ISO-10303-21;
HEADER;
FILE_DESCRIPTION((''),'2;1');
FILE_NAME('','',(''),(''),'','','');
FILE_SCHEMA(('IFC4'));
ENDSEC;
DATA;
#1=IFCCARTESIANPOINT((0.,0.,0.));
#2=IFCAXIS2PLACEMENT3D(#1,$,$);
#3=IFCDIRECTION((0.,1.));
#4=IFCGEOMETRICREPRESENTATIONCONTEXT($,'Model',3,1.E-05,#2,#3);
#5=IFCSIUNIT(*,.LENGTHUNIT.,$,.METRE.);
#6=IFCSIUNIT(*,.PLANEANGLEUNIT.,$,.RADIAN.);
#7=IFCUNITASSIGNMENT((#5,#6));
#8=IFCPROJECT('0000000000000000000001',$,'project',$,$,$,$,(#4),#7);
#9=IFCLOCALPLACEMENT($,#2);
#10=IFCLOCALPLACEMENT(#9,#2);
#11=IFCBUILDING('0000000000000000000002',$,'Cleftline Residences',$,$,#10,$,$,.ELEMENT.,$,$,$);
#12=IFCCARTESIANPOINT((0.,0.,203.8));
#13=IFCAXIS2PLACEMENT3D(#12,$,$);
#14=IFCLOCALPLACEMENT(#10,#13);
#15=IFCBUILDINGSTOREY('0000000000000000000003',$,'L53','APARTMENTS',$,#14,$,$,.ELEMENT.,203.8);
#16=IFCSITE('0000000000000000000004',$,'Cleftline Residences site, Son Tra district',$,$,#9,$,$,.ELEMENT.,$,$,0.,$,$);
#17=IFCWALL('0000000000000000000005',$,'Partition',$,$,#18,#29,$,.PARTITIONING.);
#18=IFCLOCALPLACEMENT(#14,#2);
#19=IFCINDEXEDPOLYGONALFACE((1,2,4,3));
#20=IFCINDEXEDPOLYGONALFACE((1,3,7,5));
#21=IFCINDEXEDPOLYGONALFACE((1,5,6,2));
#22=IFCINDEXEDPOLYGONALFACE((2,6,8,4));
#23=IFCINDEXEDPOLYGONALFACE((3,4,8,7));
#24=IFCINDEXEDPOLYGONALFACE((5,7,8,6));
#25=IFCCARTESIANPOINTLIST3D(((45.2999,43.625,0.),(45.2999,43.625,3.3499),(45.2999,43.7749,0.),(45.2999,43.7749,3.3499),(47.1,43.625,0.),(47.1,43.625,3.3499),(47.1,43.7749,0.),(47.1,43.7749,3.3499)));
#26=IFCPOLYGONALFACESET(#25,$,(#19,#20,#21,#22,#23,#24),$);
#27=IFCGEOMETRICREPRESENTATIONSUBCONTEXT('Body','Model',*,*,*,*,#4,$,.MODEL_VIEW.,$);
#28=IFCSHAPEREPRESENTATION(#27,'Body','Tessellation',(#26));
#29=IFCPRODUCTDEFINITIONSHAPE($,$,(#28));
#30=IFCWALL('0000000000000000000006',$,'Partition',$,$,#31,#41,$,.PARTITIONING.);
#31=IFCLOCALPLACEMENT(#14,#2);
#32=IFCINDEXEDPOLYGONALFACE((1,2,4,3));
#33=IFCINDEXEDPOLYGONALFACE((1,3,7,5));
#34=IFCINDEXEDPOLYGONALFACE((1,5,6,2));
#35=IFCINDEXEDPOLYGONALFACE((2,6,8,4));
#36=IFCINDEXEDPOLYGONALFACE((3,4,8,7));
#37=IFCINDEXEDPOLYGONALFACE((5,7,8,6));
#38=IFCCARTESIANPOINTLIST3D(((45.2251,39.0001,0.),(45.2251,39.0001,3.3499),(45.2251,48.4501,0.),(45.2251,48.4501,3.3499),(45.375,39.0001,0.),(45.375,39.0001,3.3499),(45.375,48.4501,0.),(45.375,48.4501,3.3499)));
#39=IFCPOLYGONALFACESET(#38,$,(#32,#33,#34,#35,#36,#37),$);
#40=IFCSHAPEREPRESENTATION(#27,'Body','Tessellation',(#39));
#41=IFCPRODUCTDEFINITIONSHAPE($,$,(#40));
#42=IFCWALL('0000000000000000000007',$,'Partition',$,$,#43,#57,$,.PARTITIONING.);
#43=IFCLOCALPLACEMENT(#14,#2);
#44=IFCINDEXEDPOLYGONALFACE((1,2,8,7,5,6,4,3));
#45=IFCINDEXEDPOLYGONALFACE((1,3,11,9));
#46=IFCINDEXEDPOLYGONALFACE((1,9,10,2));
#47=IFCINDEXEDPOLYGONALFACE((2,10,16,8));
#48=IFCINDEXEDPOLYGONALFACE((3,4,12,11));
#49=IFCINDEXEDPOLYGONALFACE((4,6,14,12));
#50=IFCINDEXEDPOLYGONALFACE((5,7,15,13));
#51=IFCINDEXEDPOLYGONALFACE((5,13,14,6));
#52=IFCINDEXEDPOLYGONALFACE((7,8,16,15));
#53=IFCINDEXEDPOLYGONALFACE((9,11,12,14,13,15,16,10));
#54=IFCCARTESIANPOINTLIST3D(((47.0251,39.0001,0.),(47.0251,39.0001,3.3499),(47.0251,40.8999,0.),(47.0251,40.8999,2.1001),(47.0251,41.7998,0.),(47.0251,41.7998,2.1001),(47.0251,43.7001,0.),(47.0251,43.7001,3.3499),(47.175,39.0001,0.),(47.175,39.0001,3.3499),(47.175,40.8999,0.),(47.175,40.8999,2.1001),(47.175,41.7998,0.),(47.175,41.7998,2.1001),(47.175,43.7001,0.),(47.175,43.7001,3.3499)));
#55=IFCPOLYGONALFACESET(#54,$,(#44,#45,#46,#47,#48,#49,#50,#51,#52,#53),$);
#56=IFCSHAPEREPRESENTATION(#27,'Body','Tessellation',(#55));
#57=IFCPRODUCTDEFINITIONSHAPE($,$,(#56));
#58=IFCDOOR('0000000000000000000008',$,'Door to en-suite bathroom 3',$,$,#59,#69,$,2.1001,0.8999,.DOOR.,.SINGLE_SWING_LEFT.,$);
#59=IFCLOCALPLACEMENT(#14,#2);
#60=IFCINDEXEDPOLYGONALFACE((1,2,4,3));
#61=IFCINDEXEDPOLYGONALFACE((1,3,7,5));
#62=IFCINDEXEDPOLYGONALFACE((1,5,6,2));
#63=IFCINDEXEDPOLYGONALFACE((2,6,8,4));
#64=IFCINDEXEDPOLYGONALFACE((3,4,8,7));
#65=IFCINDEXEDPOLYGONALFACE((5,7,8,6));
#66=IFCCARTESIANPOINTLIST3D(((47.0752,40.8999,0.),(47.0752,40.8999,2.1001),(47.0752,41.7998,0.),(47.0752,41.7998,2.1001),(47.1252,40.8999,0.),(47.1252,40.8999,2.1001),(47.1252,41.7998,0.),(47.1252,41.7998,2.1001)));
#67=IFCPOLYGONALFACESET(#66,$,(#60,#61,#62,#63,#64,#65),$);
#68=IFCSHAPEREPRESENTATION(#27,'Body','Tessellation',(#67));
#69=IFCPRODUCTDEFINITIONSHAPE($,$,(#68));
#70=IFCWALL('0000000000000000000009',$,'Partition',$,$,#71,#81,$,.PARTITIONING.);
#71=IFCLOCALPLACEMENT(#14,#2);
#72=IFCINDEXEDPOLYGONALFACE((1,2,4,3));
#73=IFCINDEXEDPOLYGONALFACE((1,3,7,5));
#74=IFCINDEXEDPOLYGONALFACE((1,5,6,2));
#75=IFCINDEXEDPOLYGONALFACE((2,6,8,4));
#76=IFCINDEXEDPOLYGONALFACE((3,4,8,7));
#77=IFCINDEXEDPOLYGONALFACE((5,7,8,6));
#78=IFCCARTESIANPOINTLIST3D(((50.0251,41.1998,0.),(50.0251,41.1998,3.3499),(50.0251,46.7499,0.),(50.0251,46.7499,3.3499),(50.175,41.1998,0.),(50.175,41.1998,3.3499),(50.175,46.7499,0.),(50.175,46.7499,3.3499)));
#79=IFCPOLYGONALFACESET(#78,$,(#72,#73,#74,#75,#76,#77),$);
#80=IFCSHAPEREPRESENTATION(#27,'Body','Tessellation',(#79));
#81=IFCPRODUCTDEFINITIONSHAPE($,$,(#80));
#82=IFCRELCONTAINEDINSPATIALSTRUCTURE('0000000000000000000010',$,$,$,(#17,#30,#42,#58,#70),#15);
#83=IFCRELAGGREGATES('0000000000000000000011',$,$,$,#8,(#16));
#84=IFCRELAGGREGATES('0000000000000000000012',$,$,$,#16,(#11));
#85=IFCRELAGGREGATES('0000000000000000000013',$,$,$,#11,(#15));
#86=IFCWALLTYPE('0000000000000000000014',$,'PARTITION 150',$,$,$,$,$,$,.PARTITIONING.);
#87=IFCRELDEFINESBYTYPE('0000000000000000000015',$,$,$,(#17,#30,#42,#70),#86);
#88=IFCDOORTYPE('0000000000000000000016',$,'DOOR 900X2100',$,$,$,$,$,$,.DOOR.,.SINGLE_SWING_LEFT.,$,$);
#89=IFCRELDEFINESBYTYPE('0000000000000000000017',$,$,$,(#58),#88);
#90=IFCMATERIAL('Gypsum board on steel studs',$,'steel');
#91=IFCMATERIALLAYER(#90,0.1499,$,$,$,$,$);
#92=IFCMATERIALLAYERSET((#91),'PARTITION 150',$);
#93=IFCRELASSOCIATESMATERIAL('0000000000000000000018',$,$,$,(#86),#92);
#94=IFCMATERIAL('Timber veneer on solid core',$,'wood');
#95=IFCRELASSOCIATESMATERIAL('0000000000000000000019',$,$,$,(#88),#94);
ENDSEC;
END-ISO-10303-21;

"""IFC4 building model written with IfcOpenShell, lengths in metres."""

from ifc_helpers import new_model, si_unit, direction, frame, frame_2d, origin, place, context, subcontext, project, spatial, rectangle, extrude, material, layer, layer_set, type_object, element, fill, save


model = new_model("IFC4")

# Units and contexts
model_context = context("Model", 3, precision=1e-05, world=origin(), true_north=direction((0.0, 1.0)))
body_context = subcontext(model_context, "Body", "Model", "MODEL_VIEW")
ifc_project = project(units=[si_unit("LENGTHUNIT", "METRE"), si_unit("PLANEANGLEUNIT", "RADIAN")], contexts=[model_context])

# Site, building, storey
site_placement = place(None, origin())
site = spatial("IfcSite", under=ifc_project, at=site_placement, Name="Cleftline Residences site, Son Tra district", CompositionType="ELEMENT", RefElevation=0.0)
building_placement = place(site_placement, origin())
building = spatial("IfcBuilding", under=site, at=building_placement, Name="Cleftline Residences", CompositionType="ELEMENT")
storey_placement = place(building_placement, frame((0.0, 0.0, 203.8)))
storey = spatial("IfcBuildingStorey", under=building, at=storey_placement, Name="L53", Description="APARTMENTS", CompositionType="ELEMENT", Elevation=203.8)

# Shared definitions
ifc_material_1 = material(Name="Gypsum board on steel studs", Category="steel")
ifc_layer_1 = layer(ifc_material_1, 0.1499)
ifc_layer_set_1 = layer_set([ifc_layer_1], Name="PARTITION 150")
wall_type = type_object("IfcWallType", Name="PARTITION 150", PredefinedType="PARTITIONING", material=ifc_layer_set_1)

# Walls
wall_1_placement = place(storey_placement, frame((45.3, 43.7, 0.0), z_axis=(0.0, 0.0, 1.0), x_axis=(1.0, 0.0, 0.0)))
element("IfcWall", 1, at=wall_1_placement, inside=storey, type_object=wall_type, Name="Partition", PredefinedType="PARTITIONING", context=body_context, shape_type="SweptSolid", body=[
    extrude(rectangle(XDim=1.8, YDim=0.1499, at=frame_2d((0.8999, 0.0))), origin(), (0.0, 0.0, 1.0), 3.3499),
])
wall_2_placement = place(storey_placement, frame((45.3, 39.0, 0.0), z_axis=(0.0, 0.0, 1.0), x_axis=(0.0, 1.0, 0.0)))
element("IfcWall", 2, at=wall_2_placement, inside=storey, type_object=wall_type, Name="Partition", PredefinedType="PARTITIONING", context=body_context, shape_type="SweptSolid", body=[
    extrude(rectangle(XDim=9.45, YDim=0.1499, at=frame_2d((4.7251, 0.0))), origin(), (0.0, 0.0, 1.0), 3.3499),
])

# Wall, opening, door
wall_3_placement = place(storey_placement, frame((47.1001, 39.0, 0.0), z_axis=(0.0, 0.0, 1.0), x_axis=(0.0, 1.0, 0.0)))
wall_3 = element("IfcWall", 3, at=wall_3_placement, inside=storey, type_object=wall_type, Name="Partition", PredefinedType="PARTITIONING", context=body_context, shape_type="SweptSolid", body=[
    extrude(rectangle(XDim=4.7, YDim=0.1499, at=frame_2d((2.3501, 0.0))), origin(), (0.0, 0.0, 1.0), 3.3499),
])
opening_1_placement = place(wall_3_placement, frame((1.8999, 0.0, 0.0)))
opening_1 = element("IfcOpeningElement", 4, at=opening_1_placement, cuts=wall_3, PredefinedType="OPENING", context=body_context, shape_type="SweptSolid", body=[
    extrude(rectangle(XDim=0.8999, YDim=2.1001, at=frame_2d((0.45, 1.05))), frame((0.0, 0.085, 0.0), z_axis=(0.0, -1.0, 0.0), x_axis=(1.0, 0.0, 0.0)), (0.0, 0.0, 1.0), 0.1699),
])
ifc_material_2 = material(Name="Timber veneer on solid core", Category="wood")
door_type_1 = type_object("IfcDoorType", Name="DOOR 900X2100", OperationType="SINGLE_SWING_LEFT", PredefinedType="DOOR", material=ifc_material_2)
door_1_placement = place(opening_1_placement, origin())
door_1 = element("IfcDoor", 5, at=door_1_placement, inside=storey, type_object=door_type_1, Name="Door to en-suite bathroom 3", OperationType="SINGLE_SWING_LEFT", OverallHeight=2.1001, OverallWidth=0.8999, PredefinedType="DOOR", context=body_context, shape_type="SweptSolid", body=[
    extrude(rectangle(XDim=0.8999, YDim=2.1001, at=frame_2d((0.45, 1.05))), frame((0.0, 0.0249, 0.0), z_axis=(0.0, -1.0, 0.0), x_axis=(1.0, 0.0, 0.0)), (0.0, 0.0, 1.0), 0.05),
])
fill(opening_1, door_1)

# Wall
wall_4_placement = place(storey_placement, frame((50.1001, 41.2, 0.0), z_axis=(0.0, 0.0, 1.0), x_axis=(0.0, 1.0, 0.0)))
element("IfcWall", 6, at=wall_4_placement, inside=storey, type_object=wall_type, Name="Partition", PredefinedType="PARTITIONING", context=body_context, shape_type="SweptSolid", body=[
    extrude(rectangle(XDim=5.55, YDim=0.1499, at=frame_2d((2.7749, 0.0))), origin(), (0.0, 0.0, 1.0), 3.3499),
])

save(model, "model.ifc")
